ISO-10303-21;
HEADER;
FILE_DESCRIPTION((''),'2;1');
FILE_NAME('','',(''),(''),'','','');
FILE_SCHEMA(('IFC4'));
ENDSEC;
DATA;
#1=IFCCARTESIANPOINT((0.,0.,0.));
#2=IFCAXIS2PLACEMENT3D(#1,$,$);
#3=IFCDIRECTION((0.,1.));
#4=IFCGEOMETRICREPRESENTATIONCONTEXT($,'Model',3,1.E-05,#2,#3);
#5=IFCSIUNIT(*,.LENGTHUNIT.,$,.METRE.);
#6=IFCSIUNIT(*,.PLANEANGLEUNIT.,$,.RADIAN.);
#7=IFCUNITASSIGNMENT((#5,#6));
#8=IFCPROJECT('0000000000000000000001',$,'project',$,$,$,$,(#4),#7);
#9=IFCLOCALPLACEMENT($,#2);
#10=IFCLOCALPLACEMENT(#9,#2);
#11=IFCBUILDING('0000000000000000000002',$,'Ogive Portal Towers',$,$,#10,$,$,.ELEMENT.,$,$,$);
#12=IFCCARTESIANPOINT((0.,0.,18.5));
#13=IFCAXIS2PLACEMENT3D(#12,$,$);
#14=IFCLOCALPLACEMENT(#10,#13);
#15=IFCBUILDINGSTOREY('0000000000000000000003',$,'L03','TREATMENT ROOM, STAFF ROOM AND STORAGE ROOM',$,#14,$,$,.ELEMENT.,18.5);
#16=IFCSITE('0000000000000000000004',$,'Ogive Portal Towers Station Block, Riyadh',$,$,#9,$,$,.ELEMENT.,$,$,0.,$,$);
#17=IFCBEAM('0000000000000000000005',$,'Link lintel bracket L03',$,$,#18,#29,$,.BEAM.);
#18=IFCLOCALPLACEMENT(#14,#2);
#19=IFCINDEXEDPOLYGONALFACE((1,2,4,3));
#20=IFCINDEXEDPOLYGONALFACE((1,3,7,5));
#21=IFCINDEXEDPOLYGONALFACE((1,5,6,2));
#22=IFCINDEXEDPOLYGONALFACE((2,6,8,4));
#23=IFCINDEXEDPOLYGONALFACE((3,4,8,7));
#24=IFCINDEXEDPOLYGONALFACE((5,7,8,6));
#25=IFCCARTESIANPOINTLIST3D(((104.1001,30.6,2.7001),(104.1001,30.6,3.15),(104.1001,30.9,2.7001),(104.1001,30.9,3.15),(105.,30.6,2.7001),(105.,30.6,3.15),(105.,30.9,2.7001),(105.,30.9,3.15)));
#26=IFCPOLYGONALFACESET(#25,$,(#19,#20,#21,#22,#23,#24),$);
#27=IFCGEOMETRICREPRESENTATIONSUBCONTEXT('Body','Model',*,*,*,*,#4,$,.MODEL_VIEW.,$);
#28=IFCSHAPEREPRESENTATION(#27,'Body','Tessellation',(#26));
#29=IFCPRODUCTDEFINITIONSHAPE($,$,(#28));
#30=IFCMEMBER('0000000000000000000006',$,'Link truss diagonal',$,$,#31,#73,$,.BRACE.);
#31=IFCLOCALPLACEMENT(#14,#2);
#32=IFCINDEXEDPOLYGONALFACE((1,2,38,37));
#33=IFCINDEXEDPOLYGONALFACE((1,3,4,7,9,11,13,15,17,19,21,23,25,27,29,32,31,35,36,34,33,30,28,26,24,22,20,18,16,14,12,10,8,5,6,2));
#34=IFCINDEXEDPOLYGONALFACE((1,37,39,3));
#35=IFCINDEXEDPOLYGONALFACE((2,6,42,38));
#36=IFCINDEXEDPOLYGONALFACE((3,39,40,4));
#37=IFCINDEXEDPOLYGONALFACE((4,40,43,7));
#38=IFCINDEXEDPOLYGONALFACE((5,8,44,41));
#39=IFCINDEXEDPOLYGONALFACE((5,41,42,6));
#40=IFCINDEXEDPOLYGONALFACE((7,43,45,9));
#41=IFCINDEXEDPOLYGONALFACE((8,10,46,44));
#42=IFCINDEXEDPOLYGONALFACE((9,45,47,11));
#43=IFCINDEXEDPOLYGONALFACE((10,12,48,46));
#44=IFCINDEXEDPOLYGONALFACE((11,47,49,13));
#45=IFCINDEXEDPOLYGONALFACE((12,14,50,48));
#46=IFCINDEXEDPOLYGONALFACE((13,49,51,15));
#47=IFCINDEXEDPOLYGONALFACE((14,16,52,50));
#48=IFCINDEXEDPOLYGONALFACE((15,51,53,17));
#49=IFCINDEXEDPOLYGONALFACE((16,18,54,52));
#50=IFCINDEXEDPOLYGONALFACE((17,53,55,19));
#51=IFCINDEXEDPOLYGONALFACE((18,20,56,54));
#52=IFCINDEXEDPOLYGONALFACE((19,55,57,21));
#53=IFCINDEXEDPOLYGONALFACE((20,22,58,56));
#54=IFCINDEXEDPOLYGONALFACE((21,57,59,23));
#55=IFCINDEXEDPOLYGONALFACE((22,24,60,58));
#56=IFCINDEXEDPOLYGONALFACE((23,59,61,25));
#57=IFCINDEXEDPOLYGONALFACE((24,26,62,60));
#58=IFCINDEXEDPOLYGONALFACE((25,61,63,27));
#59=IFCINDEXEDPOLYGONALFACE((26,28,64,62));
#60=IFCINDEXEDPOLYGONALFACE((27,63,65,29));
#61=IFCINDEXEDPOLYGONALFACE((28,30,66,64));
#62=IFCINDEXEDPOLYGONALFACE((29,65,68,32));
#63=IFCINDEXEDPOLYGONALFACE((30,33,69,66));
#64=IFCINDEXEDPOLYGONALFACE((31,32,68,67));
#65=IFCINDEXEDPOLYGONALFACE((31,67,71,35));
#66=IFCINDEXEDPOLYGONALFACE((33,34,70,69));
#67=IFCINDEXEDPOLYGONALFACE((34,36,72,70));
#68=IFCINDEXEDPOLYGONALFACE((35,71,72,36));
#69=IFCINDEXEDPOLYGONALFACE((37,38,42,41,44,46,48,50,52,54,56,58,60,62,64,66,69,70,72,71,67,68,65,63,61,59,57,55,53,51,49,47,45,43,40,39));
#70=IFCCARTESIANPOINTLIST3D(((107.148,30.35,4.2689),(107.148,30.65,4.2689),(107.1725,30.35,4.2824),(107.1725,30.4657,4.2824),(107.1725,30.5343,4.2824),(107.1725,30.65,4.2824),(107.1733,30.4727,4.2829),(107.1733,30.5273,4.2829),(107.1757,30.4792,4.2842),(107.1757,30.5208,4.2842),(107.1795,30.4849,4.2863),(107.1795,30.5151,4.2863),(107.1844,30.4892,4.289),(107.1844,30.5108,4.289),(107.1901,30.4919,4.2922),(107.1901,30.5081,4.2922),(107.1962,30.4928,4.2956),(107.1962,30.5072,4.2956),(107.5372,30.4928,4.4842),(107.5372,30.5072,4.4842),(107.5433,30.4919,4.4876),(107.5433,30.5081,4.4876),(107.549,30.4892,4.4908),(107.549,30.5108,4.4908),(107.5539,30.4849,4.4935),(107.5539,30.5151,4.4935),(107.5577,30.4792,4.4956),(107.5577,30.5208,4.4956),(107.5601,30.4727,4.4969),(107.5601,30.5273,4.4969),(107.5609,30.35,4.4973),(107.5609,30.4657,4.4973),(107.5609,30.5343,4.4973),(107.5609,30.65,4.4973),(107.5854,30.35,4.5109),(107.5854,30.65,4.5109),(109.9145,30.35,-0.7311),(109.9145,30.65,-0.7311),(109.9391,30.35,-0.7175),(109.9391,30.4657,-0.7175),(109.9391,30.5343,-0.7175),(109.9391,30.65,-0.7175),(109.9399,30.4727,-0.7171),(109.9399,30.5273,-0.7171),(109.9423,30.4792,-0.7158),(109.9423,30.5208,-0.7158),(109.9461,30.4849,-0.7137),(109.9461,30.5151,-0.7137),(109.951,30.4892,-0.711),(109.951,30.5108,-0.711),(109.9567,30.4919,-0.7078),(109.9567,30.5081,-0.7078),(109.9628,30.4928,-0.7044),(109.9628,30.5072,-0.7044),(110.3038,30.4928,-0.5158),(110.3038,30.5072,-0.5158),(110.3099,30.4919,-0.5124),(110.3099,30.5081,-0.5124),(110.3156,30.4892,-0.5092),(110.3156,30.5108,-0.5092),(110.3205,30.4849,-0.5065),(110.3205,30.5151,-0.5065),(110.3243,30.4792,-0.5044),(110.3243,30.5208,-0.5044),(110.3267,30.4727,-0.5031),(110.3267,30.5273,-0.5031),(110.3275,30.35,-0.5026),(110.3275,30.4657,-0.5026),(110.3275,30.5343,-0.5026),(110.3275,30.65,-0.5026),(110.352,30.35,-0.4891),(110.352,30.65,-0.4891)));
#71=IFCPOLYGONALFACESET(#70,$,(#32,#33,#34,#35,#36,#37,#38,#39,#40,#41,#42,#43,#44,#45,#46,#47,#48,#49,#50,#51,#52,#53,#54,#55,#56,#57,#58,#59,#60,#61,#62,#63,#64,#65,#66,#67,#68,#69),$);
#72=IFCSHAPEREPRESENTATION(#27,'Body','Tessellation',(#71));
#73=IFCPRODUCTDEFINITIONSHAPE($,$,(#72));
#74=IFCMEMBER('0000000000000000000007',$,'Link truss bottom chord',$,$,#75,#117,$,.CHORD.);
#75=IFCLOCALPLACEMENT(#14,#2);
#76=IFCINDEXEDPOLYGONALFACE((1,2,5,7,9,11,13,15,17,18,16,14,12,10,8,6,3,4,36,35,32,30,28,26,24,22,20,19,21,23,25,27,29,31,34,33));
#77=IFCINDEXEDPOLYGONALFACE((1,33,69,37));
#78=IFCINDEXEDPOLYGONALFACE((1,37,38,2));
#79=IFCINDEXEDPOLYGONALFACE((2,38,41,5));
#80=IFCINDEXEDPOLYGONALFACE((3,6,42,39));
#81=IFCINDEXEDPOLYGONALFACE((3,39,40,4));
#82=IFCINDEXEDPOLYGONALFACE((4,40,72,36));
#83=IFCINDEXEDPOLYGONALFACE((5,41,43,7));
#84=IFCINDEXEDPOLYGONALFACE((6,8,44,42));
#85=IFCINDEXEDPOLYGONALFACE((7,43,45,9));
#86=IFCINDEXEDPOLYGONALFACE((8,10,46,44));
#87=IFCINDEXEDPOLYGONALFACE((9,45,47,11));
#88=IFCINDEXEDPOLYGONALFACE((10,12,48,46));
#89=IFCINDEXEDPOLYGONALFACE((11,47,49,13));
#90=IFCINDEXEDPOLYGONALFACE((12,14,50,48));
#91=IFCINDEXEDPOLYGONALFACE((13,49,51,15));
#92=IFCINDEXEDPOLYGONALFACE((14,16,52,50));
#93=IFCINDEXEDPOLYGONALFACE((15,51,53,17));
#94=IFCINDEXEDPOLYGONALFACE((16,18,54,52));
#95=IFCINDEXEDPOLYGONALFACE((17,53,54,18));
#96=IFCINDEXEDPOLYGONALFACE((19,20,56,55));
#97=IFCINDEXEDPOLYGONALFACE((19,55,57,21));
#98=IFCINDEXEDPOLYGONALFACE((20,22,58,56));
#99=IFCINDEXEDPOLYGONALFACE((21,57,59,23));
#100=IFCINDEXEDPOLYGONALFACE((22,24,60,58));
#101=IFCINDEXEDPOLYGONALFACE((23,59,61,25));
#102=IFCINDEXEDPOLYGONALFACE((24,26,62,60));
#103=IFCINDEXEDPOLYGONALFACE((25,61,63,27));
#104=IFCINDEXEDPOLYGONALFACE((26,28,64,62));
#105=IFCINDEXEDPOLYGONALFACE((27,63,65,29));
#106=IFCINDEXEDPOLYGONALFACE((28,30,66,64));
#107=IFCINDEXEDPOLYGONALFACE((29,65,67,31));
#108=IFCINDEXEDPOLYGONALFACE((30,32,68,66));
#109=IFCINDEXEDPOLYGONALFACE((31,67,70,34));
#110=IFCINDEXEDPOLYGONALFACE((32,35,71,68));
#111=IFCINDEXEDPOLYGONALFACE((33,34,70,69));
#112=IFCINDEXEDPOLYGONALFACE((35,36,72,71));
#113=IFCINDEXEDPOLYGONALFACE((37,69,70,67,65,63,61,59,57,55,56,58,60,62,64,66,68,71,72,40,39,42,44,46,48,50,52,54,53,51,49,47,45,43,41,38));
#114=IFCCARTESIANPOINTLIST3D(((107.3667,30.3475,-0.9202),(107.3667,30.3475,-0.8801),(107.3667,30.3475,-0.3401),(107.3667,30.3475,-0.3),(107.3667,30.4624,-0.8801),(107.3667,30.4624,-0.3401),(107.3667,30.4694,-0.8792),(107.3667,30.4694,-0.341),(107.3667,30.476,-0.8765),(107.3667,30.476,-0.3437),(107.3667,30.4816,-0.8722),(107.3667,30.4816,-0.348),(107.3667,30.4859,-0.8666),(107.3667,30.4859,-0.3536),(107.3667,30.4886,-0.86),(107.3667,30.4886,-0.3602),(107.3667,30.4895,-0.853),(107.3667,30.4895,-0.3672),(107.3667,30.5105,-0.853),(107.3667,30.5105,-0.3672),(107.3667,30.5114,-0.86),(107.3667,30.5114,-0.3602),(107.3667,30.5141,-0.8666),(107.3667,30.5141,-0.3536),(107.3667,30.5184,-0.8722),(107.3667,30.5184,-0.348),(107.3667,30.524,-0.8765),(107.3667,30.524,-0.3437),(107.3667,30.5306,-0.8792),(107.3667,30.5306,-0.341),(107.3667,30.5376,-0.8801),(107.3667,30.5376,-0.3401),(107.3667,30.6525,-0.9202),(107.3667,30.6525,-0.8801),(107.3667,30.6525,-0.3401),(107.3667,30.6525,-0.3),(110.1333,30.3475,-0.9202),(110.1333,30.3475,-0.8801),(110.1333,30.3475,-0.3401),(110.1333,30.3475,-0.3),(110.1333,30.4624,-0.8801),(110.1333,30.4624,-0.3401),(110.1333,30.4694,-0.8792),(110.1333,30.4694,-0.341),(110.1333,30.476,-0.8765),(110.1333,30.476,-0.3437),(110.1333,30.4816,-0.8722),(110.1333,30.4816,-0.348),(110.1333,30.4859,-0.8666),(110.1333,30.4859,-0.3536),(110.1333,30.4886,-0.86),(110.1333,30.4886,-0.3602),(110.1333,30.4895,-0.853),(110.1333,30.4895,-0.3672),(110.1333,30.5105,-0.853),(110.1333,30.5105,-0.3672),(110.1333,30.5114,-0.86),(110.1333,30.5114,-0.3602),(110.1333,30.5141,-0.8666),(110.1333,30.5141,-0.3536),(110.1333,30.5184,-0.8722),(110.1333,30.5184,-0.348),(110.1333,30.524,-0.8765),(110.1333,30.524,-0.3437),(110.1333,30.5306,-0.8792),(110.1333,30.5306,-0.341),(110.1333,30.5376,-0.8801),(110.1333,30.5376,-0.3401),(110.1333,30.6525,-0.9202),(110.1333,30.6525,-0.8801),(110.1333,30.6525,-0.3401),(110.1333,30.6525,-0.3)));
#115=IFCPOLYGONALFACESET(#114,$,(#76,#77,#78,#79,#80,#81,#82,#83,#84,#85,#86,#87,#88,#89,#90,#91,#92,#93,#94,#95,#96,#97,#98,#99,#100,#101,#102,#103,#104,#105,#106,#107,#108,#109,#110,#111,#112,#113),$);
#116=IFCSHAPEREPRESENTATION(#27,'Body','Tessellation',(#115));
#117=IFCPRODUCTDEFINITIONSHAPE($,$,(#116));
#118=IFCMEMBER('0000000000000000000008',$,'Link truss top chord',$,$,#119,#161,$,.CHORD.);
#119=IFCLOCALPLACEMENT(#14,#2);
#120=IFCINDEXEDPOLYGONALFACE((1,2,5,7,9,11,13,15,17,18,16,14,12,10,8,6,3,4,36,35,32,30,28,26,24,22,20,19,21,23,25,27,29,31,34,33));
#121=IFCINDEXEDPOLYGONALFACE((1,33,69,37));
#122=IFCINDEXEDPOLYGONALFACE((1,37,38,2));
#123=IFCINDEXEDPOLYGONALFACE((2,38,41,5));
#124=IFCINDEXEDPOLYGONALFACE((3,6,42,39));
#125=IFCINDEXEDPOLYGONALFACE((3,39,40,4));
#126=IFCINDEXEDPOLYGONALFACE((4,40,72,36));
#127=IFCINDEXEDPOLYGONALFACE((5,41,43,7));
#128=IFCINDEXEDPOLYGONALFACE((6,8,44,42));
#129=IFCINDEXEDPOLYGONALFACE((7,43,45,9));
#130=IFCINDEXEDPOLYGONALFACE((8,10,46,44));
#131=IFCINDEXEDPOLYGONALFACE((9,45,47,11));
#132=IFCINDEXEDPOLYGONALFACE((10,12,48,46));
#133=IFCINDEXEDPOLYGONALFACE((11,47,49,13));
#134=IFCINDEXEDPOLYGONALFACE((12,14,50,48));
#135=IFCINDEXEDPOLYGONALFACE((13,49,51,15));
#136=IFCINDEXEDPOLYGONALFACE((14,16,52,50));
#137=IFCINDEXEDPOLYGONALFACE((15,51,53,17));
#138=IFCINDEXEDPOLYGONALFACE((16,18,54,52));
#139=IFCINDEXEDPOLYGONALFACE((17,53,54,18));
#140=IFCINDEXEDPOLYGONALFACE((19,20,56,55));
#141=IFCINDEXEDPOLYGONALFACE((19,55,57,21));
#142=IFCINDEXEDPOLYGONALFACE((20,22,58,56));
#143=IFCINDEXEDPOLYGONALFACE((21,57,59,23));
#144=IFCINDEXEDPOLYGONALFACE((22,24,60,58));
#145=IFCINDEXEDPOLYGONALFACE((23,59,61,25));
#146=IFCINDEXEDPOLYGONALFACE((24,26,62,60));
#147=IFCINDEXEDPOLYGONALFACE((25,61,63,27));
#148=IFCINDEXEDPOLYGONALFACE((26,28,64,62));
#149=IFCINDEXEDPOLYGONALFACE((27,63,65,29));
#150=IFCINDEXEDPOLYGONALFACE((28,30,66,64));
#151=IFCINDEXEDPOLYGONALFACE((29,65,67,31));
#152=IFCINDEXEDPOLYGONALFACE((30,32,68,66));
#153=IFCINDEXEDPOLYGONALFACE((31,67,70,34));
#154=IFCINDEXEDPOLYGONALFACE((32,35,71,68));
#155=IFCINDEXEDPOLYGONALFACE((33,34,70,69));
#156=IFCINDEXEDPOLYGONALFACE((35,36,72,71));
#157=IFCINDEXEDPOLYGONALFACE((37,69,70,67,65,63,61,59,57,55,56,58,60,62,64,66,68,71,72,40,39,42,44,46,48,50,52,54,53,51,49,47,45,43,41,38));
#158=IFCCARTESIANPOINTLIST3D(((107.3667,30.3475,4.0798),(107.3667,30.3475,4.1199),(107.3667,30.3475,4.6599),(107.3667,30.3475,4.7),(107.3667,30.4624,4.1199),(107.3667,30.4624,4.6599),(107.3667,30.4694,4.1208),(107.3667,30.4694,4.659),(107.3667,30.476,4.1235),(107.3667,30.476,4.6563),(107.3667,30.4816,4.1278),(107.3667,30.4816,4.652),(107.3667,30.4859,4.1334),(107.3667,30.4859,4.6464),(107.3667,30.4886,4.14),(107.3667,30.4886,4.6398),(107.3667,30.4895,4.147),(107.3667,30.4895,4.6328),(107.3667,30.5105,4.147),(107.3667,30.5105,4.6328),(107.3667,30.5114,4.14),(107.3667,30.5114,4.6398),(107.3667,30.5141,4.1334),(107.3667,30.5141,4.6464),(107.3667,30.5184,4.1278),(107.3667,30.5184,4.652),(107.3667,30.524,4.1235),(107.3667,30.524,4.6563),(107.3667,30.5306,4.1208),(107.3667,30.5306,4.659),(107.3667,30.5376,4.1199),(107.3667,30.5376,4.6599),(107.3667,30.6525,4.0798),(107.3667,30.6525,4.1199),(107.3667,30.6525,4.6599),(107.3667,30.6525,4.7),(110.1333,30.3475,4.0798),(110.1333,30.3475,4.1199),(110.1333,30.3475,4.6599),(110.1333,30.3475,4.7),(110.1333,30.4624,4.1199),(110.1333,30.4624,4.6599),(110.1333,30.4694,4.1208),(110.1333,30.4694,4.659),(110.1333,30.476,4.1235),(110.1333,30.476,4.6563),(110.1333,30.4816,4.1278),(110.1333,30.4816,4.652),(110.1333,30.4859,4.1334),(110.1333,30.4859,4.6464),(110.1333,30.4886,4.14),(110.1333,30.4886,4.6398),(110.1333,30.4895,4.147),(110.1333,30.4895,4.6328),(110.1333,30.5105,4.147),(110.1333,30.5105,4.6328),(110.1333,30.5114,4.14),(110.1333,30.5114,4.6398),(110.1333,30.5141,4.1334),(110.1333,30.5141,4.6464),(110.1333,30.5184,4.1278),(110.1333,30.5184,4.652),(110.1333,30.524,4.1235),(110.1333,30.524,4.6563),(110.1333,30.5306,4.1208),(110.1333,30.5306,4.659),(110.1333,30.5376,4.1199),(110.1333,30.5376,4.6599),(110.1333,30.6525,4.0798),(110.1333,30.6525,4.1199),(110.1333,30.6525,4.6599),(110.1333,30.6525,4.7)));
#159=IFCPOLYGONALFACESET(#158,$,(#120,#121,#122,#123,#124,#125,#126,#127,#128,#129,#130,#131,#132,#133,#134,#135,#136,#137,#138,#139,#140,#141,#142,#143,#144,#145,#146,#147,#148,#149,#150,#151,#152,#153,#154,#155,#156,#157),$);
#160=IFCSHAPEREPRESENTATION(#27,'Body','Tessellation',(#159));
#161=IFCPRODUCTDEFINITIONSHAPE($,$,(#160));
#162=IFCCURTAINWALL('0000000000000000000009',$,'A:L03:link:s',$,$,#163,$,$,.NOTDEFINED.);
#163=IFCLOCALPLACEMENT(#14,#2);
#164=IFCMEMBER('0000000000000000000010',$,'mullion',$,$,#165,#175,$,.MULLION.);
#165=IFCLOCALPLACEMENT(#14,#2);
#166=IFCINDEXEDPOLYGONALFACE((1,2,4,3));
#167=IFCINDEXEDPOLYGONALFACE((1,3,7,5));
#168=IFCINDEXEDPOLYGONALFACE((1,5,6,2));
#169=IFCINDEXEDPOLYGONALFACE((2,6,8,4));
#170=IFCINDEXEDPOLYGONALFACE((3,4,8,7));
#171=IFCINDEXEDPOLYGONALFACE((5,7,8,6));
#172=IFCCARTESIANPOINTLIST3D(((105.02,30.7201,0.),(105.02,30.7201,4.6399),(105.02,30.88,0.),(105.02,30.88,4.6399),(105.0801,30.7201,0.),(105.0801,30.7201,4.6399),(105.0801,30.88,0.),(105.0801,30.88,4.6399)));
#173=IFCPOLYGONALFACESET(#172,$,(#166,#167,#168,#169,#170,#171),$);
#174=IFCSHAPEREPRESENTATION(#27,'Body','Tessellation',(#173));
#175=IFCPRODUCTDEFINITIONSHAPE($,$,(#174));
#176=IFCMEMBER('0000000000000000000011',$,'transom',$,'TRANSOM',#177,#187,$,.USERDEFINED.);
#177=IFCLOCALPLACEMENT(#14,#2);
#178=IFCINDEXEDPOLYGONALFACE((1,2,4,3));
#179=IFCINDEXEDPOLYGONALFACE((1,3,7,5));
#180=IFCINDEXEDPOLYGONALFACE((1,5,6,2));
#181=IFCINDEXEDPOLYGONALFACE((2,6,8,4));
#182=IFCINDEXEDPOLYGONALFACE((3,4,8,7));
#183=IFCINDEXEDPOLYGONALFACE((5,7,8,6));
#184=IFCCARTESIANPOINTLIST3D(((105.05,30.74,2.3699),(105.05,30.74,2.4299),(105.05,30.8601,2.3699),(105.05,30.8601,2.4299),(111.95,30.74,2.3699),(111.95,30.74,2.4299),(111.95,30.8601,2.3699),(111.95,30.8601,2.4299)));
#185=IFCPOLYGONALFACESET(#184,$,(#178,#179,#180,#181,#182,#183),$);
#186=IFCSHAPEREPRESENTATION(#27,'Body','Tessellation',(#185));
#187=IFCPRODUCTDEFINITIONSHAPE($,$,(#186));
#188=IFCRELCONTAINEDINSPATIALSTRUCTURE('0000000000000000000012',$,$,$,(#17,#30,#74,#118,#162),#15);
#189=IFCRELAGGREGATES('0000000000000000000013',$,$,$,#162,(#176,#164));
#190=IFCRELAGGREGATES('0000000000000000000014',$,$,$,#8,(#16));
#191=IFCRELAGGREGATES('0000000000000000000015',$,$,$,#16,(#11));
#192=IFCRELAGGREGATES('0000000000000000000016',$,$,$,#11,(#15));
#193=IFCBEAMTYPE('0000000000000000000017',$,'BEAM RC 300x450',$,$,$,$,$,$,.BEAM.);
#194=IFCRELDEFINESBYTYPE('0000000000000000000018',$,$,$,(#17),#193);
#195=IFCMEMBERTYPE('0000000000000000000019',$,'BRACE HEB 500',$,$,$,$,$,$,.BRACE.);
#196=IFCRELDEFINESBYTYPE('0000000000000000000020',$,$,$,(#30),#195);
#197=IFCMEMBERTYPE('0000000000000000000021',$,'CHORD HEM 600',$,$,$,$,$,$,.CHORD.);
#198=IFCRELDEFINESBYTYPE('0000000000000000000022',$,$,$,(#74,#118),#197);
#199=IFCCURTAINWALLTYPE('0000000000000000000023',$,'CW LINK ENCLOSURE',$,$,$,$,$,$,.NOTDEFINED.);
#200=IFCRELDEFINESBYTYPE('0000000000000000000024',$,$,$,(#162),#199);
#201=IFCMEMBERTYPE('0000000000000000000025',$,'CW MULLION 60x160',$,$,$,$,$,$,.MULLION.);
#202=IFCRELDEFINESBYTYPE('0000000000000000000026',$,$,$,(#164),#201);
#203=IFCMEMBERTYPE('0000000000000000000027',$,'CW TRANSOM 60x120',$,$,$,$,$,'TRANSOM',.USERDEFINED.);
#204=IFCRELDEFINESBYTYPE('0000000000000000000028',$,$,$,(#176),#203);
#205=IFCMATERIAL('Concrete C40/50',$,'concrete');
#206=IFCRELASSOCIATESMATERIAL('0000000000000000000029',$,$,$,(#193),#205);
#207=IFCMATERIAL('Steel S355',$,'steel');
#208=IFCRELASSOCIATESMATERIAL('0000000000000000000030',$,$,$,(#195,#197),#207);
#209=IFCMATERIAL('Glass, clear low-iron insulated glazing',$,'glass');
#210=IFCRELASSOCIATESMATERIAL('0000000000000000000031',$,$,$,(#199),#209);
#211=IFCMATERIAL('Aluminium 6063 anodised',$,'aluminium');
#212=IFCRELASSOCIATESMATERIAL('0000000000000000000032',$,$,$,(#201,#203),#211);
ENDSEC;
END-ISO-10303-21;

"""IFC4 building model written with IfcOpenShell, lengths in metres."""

from ifc_helpers import new_model, si_unit, direction, frame, origin, origin_2d, place, context, subcontext, project, spatial, rectangle, i_section, extrude, material, material_profile, profile_set, type_object, element, aggregate, save


model = new_model("IFC4")

# Units and contexts
model_context = context("Model", 3, precision=1e-05, world=origin(), true_north=direction((0.0, 1.0)))
body_context = subcontext(model_context, "Body", "Model", "MODEL_VIEW")
ifc_project = project(units=[si_unit("LENGTHUNIT", "METRE"), si_unit("PLANEANGLEUNIT", "RADIAN")], contexts=[model_context])

# Site, building, storey
site_placement = place(None, origin())
site = spatial("IfcSite", under=ifc_project, at=site_placement, Name="Ogive Portal Towers Station Block, Riyadh", CompositionType="ELEMENT", RefElevation=0.0)
building_placement = place(site_placement, origin())
building = spatial("IfcBuilding", under=site, at=building_placement, Name="Ogive Portal Towers", CompositionType="ELEMENT")
storey_placement = place(building_placement, frame((0.0, 0.0, 18.5)))
storey = spatial("IfcBuildingStorey", under=building, at=storey_placement, Name="L03", Description="TREATMENT ROOM, STAFF ROOM AND STORAGE ROOM", CompositionType="ELEMENT", Elevation=18.5)

# Beam
ifc_material_1 = material(Name="Concrete C40/50", Category="concrete")
ifc_material_profile_1 = material_profile(ifc_material_1, rectangle(XDim=0.3, YDim=0.45, at=origin_2d()), Name="RC 300x450")
ifc_profile_set_1 = profile_set([ifc_material_profile_1], Name="Concrete C40/50")
beam_type = type_object("IfcBeamType", Name="BEAM RC 300x450", PredefinedType="BEAM", material=ifc_profile_set_1)
beam_placement = place(storey_placement, frame((104.1001, 30.75, 2.925), z_axis=(1.0, 0.0, 0.0), x_axis=(0.0, 1.0, 0.0)))
element("IfcBeam", 1, at=beam_placement, inside=storey, type_object=beam_type, Name="Link lintel bracket L03", PredefinedType="BEAM", context=body_context, shape_type="SweptSolid", body=[
    extrude(rectangle(XDim=0.3, YDim=0.45, at=origin_2d()), origin(), (0.0, 0.0, 1.0), 0.8999),
])

# Members
ifc_material_2 = material(Name="Steel S355", Category="steel")
ifc_material_profile_2 = material_profile(ifc_material_2, i_section(OverallWidth=0.3, OverallDepth=0.5, WebThickness=0.0144, FlangeThickness=0.0281, FilletRadius=0.0271, at=origin_2d()), Name="HEB 500")
ifc_profile_set_2 = profile_set([ifc_material_profile_2], Name="Steel S355")
member_type_1 = type_object("IfcMemberType", Name="BRACE HEB 500", PredefinedType="BRACE", material=ifc_profile_set_2)
member_1_placement = place(storey_placement, frame((107.3667, 30.5, 4.3899), z_axis=(0.484148, 0.0, -0.874986), x_axis=(0.0, 1.0, 0.0)))
element("IfcMember", 2, at=member_1_placement, inside=storey, type_object=member_type_1, Name="Link truss diagonal", PredefinedType="BRACE", context=body_context, shape_type="SweptSolid", body=[
    extrude(i_section(OverallWidth=0.3, OverallDepth=0.5, WebThickness=0.0144, FlangeThickness=0.0281, FilletRadius=0.0271, at=origin_2d()), origin(), (0.0, 0.0, 1.0), 5.7144),
])
ifc_material_profile_3 = material_profile(ifc_material_2, i_section(OverallWidth=0.3049, OverallDepth=0.6201, WebThickness=0.021, FlangeThickness=0.04, FilletRadius=0.0271, at=origin_2d()), Name="HEM 600")
ifc_profile_set_3 = profile_set([ifc_material_profile_3], Name="Steel S355")
member_type_2 = type_object("IfcMemberType", Name="CHORD HEM 600", PredefinedType="CHORD", material=ifc_profile_set_3)
for number, where, z_axis, x_axis, name in (
    (3, (107.3667, 30.5, -0.6101), (1.0, 0.0, 0.0), (0.0, 1.0, 0.0), "Link truss bottom chord"),
    (4, (107.3667, 30.5, 4.3899), (1.0, 0.0, 0.0), (0.0, 1.0, 0.0), "Link truss top chord"),
):
    element("IfcMember", number, at=place(storey_placement, frame(where, z_axis=z_axis, x_axis=x_axis)), inside=storey, type_object=member_type_2, Name=name, PredefinedType="CHORD", context=body_context, shape_type="SweptSolid", body=[
        extrude(i_section(OverallWidth=0.3049, OverallDepth=0.6201, WebThickness=0.021, FlangeThickness=0.04, FilletRadius=0.0271, at=origin_2d()), origin(), (0.0, 0.0, 1.0), 2.7666),
    ])

# Curtain wall, members
ifc_material_3 = material(Name="Glass, clear low-iron insulated glazing", Category="glass")
curtain_wall_type = type_object("IfcCurtainWallType", Name="CW LINK ENCLOSURE", PredefinedType="NOTDEFINED", material=ifc_material_3)
curtain_wall_placement = place(storey_placement, origin())
curtain_wall = element("IfcCurtainWall", 5, at=curtain_wall_placement, inside=storey, type_object=curtain_wall_type, Name="A:L03:link:s", PredefinedType="NOTDEFINED")
ifc_material_4 = material(Name="Aluminium 6063 anodised", Category="aluminium")
ifc_material_profile_4 = material_profile(ifc_material_4, rectangle(XDim=0.1599, YDim=0.0601, at=origin_2d()), Name="AL 60x160")
ifc_profile_set_4 = profile_set([ifc_material_profile_4], Name="Aluminium 6063 anodised")
member_type_3 = type_object("IfcMemberType", Name="CW MULLION 60x160", PredefinedType="MULLION", material=ifc_profile_set_4)
member_2_placement = place(storey_placement, frame((105.05, 30.8, 0.0), z_axis=(0.0, 0.0, 1.0), x_axis=(0.0, 1.0, 0.0)))
member_2 = element("IfcMember", 6, at=member_2_placement, type_object=member_type_3, Name="mullion", PredefinedType="MULLION", context=body_context, shape_type="SweptSolid", body=[
    extrude(rectangle(XDim=0.1599, YDim=0.0601, at=origin_2d()), origin(), (0.0, 0.0, 1.0), 4.6399),
])
ifc_material_profile_5 = material_profile(ifc_material_4, rectangle(XDim=0.1201, YDim=0.0601, at=origin_2d()), Name="AL 120x60")
ifc_profile_set_5 = profile_set([ifc_material_profile_5], Name="Aluminium 6063 anodised")
member_type_4 = type_object("IfcMemberType", Name="CW TRANSOM 60x120", ElementType="TRANSOM", PredefinedType="USERDEFINED", material=ifc_profile_set_5)
member_3_placement = place(storey_placement, frame((105.05, 30.8, 2.3999), z_axis=(1.0, 0.0, 0.0), x_axis=(0.0, 1.0, 0.0)))
member_3 = element("IfcMember", 7, at=member_3_placement, type_object=member_type_4, Name="transom", ObjectType="TRANSOM", PredefinedType="USERDEFINED", context=body_context, shape_type="SweptSolid", body=[
    extrude(rectangle(XDim=0.1201, YDim=0.0601, at=origin_2d()), origin(), (0.0, 0.0, 1.0), 6.8999),
])

aggregate(curtain_wall, [member_3, member_2])

save(model, "model.ifc")
